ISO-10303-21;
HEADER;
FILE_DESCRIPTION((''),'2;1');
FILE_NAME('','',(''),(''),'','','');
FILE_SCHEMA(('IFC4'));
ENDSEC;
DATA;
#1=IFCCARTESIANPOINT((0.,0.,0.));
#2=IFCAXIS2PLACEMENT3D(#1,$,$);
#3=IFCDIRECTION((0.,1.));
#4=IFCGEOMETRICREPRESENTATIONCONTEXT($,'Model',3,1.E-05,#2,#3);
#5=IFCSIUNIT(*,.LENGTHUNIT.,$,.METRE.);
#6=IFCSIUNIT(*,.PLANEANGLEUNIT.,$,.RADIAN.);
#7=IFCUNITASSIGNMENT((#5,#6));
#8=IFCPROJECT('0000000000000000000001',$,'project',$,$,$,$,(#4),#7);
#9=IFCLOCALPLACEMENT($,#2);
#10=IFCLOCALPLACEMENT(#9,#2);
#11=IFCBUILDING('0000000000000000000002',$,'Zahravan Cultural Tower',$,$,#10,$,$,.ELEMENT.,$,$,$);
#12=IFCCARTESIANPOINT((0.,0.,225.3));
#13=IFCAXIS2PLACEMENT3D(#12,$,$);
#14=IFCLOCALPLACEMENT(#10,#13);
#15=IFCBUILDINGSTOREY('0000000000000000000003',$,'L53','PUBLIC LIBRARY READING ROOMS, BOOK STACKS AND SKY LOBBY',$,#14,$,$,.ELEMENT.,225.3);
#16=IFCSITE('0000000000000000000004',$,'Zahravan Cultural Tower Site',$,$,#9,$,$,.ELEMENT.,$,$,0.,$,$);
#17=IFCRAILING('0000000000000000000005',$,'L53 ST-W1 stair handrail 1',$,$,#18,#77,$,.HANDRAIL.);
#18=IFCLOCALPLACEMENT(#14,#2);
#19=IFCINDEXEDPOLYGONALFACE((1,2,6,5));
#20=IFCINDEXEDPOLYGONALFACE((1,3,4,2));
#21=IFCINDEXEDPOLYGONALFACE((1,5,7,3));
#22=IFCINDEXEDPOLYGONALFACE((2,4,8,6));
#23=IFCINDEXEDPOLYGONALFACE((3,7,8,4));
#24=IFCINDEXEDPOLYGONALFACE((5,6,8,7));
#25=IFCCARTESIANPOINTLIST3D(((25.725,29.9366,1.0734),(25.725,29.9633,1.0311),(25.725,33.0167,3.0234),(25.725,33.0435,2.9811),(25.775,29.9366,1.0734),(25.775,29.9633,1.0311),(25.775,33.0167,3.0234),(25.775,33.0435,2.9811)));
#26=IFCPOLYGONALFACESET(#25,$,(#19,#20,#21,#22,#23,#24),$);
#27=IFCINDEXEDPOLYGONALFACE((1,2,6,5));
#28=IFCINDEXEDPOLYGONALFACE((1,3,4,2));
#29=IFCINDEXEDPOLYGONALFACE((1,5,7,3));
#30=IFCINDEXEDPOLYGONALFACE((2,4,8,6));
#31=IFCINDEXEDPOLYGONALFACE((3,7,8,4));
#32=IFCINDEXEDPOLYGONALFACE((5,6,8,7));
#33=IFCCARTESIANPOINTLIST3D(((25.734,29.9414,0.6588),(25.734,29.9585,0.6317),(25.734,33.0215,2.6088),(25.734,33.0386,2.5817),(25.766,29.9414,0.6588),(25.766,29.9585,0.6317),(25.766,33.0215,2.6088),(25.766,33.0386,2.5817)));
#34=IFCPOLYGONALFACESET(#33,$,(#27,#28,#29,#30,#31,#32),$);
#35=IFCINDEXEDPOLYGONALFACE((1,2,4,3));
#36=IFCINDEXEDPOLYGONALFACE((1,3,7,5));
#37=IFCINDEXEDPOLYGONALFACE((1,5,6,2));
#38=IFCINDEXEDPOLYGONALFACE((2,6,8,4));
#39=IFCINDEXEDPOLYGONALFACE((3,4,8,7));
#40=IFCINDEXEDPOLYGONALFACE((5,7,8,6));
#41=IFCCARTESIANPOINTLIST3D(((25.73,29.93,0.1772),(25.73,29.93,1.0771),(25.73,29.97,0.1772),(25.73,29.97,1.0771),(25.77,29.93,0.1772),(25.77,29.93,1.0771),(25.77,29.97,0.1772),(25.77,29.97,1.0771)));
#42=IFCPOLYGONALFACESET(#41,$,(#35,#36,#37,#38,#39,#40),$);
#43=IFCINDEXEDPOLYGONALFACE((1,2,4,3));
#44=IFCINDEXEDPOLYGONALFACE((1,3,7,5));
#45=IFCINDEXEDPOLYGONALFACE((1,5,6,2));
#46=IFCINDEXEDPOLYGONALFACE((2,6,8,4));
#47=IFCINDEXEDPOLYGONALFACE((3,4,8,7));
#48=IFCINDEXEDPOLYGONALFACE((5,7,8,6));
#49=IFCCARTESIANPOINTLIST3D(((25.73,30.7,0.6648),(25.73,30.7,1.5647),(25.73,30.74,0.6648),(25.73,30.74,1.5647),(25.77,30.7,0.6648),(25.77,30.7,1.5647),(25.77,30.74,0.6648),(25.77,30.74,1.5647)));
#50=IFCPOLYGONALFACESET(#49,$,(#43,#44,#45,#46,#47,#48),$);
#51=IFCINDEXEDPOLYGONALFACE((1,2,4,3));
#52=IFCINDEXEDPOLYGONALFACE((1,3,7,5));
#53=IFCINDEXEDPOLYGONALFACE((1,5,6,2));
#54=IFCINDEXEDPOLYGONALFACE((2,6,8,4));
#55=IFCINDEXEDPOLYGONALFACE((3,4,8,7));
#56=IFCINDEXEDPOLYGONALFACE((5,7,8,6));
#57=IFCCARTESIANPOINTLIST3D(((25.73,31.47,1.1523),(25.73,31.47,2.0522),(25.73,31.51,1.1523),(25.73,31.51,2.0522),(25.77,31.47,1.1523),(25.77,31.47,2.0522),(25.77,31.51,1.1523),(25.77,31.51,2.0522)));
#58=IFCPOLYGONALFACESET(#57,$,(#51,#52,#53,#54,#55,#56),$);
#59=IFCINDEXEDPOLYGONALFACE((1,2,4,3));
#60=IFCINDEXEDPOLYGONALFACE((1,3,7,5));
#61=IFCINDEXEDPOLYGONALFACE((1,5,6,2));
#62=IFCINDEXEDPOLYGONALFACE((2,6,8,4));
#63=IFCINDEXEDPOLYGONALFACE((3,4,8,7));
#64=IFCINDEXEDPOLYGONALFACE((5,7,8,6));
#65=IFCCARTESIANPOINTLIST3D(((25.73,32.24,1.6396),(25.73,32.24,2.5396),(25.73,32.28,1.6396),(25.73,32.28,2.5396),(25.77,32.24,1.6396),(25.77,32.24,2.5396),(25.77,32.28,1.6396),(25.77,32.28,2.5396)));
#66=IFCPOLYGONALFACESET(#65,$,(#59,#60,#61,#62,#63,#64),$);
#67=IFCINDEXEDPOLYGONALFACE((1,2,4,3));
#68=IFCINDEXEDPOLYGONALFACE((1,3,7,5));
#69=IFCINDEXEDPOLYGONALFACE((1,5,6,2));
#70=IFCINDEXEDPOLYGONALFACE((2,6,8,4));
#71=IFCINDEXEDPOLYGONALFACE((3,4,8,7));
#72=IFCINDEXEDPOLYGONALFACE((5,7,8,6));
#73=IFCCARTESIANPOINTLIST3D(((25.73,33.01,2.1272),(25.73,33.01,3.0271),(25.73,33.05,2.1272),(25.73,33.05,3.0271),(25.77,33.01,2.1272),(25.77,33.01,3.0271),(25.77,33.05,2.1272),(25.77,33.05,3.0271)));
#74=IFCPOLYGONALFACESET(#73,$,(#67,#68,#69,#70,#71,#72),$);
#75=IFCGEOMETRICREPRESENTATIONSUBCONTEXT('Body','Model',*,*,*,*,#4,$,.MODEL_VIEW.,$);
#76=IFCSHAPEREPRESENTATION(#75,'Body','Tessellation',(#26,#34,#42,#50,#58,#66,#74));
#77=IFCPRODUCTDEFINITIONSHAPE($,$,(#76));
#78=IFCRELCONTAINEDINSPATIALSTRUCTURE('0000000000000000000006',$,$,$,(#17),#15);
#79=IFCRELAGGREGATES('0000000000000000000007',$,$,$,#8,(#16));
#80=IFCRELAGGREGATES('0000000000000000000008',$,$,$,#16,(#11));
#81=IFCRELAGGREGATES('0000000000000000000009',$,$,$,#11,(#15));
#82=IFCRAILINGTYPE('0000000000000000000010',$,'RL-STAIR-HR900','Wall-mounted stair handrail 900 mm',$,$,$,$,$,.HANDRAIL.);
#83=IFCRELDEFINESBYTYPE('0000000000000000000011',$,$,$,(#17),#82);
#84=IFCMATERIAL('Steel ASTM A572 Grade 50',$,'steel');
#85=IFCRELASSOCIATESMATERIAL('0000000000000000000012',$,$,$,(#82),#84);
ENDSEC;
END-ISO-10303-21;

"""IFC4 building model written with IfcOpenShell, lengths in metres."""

from ifc_helpers import new_model, si_unit, direction, frame, origin, origin_2d, place, context, subcontext, project, spatial, rectangle, extrude, material, type_object, element, save


model = new_model("IFC4")

# Units and contexts
model_context = context("Model", 3, precision=1e-05, world=origin(), true_north=direction((0.0, 1.0)))
body_context = subcontext(model_context, "Body", "Model", "MODEL_VIEW")
ifc_project = project(units=[si_unit("LENGTHUNIT", "METRE"), si_unit("PLANEANGLEUNIT", "RADIAN")], contexts=[model_context])

# Site, building, storey
site_placement = place(None, origin())
site = spatial("IfcSite", under=ifc_project, at=site_placement, Name="Zahravan Cultural Tower Site", CompositionType="ELEMENT", RefElevation=0.0)
building_placement = place(site_placement, origin())
building = spatial("IfcBuilding", under=site, at=building_placement, Name="Zahravan Cultural Tower", CompositionType="ELEMENT")
storey_placement = place(building_placement, frame((0.0, 0.0, 225.3)))
storey = spatial("IfcBuildingStorey", under=building, at=storey_placement, Name="L53", Description="PUBLIC LIBRARY READING ROOMS, BOOK STACKS AND SKY LOBBY", CompositionType="ELEMENT", Elevation=225.3)

# Shared definitions
ifc_material_1 = material(Name="Steel ASTM A572 Grade 50", Category="steel")

# Railing
railing_type_1 = type_object("IfcRailingType", Name="RL-STAIR-HR900", Description="Wall-mounted stair handrail 900 mm", PredefinedType="HANDRAIL", material=ifc_material_1)
railing_1_placement = place(storey_placement, frame((25.75, 29.95, 0.1772)))
element("IfcRailing", 1, at=railing_1_placement, inside=storey, type_object=railing_type_1, Name="L53 ST-W1 stair handrail 1", PredefinedType="HANDRAIL", context=body_context, shape_type="SweptSolid", body=[
    extrude(rectangle(XDim=0.05, YDim=0.05, at=origin_2d()), frame((0.0, 0.0, 0.875), z_axis=(0.0, 0.844914, 0.534902), x_axis=(-1.0, 0.0, 0.0)), (0.0, 0.0, 1.0), 3.6455),
    extrude(rectangle(XDim=0.032, YDim=0.032, at=origin_2d()), frame((0.0, 0.0, 0.468), z_axis=(0.0, 0.844914, 0.534902), x_axis=(-1.0, 0.0, 0.0)), (0.0, 0.0, 1.0), 3.6455),
    extrude(rectangle(XDim=0.04, YDim=0.04, at=origin_2d()), origin(), (0.0, 0.0, 1.0), 0.8999),
    extrude(rectangle(XDim=0.04, YDim=0.04, at=origin_2d()), frame((0.0, 0.77, 0.4875)), (0.0, 0.0, 1.0), 0.8999),
    extrude(rectangle(XDim=0.04, YDim=0.04, at=origin_2d()), frame((0.0, 1.54, 0.9751)), (0.0, 0.0, 1.0), 0.8999),
    extrude(rectangle(XDim=0.04, YDim=0.04, at=origin_2d()), frame((0.0, 2.3101, 1.4624)), (0.0, 0.0, 1.0), 0.8999),
    extrude(rectangle(XDim=0.04, YDim=0.04, at=origin_2d()), frame((0.0, 3.0801, 1.95)), (0.0, 0.0, 1.0), 0.8999),
])

save(model, "model.ifc")
